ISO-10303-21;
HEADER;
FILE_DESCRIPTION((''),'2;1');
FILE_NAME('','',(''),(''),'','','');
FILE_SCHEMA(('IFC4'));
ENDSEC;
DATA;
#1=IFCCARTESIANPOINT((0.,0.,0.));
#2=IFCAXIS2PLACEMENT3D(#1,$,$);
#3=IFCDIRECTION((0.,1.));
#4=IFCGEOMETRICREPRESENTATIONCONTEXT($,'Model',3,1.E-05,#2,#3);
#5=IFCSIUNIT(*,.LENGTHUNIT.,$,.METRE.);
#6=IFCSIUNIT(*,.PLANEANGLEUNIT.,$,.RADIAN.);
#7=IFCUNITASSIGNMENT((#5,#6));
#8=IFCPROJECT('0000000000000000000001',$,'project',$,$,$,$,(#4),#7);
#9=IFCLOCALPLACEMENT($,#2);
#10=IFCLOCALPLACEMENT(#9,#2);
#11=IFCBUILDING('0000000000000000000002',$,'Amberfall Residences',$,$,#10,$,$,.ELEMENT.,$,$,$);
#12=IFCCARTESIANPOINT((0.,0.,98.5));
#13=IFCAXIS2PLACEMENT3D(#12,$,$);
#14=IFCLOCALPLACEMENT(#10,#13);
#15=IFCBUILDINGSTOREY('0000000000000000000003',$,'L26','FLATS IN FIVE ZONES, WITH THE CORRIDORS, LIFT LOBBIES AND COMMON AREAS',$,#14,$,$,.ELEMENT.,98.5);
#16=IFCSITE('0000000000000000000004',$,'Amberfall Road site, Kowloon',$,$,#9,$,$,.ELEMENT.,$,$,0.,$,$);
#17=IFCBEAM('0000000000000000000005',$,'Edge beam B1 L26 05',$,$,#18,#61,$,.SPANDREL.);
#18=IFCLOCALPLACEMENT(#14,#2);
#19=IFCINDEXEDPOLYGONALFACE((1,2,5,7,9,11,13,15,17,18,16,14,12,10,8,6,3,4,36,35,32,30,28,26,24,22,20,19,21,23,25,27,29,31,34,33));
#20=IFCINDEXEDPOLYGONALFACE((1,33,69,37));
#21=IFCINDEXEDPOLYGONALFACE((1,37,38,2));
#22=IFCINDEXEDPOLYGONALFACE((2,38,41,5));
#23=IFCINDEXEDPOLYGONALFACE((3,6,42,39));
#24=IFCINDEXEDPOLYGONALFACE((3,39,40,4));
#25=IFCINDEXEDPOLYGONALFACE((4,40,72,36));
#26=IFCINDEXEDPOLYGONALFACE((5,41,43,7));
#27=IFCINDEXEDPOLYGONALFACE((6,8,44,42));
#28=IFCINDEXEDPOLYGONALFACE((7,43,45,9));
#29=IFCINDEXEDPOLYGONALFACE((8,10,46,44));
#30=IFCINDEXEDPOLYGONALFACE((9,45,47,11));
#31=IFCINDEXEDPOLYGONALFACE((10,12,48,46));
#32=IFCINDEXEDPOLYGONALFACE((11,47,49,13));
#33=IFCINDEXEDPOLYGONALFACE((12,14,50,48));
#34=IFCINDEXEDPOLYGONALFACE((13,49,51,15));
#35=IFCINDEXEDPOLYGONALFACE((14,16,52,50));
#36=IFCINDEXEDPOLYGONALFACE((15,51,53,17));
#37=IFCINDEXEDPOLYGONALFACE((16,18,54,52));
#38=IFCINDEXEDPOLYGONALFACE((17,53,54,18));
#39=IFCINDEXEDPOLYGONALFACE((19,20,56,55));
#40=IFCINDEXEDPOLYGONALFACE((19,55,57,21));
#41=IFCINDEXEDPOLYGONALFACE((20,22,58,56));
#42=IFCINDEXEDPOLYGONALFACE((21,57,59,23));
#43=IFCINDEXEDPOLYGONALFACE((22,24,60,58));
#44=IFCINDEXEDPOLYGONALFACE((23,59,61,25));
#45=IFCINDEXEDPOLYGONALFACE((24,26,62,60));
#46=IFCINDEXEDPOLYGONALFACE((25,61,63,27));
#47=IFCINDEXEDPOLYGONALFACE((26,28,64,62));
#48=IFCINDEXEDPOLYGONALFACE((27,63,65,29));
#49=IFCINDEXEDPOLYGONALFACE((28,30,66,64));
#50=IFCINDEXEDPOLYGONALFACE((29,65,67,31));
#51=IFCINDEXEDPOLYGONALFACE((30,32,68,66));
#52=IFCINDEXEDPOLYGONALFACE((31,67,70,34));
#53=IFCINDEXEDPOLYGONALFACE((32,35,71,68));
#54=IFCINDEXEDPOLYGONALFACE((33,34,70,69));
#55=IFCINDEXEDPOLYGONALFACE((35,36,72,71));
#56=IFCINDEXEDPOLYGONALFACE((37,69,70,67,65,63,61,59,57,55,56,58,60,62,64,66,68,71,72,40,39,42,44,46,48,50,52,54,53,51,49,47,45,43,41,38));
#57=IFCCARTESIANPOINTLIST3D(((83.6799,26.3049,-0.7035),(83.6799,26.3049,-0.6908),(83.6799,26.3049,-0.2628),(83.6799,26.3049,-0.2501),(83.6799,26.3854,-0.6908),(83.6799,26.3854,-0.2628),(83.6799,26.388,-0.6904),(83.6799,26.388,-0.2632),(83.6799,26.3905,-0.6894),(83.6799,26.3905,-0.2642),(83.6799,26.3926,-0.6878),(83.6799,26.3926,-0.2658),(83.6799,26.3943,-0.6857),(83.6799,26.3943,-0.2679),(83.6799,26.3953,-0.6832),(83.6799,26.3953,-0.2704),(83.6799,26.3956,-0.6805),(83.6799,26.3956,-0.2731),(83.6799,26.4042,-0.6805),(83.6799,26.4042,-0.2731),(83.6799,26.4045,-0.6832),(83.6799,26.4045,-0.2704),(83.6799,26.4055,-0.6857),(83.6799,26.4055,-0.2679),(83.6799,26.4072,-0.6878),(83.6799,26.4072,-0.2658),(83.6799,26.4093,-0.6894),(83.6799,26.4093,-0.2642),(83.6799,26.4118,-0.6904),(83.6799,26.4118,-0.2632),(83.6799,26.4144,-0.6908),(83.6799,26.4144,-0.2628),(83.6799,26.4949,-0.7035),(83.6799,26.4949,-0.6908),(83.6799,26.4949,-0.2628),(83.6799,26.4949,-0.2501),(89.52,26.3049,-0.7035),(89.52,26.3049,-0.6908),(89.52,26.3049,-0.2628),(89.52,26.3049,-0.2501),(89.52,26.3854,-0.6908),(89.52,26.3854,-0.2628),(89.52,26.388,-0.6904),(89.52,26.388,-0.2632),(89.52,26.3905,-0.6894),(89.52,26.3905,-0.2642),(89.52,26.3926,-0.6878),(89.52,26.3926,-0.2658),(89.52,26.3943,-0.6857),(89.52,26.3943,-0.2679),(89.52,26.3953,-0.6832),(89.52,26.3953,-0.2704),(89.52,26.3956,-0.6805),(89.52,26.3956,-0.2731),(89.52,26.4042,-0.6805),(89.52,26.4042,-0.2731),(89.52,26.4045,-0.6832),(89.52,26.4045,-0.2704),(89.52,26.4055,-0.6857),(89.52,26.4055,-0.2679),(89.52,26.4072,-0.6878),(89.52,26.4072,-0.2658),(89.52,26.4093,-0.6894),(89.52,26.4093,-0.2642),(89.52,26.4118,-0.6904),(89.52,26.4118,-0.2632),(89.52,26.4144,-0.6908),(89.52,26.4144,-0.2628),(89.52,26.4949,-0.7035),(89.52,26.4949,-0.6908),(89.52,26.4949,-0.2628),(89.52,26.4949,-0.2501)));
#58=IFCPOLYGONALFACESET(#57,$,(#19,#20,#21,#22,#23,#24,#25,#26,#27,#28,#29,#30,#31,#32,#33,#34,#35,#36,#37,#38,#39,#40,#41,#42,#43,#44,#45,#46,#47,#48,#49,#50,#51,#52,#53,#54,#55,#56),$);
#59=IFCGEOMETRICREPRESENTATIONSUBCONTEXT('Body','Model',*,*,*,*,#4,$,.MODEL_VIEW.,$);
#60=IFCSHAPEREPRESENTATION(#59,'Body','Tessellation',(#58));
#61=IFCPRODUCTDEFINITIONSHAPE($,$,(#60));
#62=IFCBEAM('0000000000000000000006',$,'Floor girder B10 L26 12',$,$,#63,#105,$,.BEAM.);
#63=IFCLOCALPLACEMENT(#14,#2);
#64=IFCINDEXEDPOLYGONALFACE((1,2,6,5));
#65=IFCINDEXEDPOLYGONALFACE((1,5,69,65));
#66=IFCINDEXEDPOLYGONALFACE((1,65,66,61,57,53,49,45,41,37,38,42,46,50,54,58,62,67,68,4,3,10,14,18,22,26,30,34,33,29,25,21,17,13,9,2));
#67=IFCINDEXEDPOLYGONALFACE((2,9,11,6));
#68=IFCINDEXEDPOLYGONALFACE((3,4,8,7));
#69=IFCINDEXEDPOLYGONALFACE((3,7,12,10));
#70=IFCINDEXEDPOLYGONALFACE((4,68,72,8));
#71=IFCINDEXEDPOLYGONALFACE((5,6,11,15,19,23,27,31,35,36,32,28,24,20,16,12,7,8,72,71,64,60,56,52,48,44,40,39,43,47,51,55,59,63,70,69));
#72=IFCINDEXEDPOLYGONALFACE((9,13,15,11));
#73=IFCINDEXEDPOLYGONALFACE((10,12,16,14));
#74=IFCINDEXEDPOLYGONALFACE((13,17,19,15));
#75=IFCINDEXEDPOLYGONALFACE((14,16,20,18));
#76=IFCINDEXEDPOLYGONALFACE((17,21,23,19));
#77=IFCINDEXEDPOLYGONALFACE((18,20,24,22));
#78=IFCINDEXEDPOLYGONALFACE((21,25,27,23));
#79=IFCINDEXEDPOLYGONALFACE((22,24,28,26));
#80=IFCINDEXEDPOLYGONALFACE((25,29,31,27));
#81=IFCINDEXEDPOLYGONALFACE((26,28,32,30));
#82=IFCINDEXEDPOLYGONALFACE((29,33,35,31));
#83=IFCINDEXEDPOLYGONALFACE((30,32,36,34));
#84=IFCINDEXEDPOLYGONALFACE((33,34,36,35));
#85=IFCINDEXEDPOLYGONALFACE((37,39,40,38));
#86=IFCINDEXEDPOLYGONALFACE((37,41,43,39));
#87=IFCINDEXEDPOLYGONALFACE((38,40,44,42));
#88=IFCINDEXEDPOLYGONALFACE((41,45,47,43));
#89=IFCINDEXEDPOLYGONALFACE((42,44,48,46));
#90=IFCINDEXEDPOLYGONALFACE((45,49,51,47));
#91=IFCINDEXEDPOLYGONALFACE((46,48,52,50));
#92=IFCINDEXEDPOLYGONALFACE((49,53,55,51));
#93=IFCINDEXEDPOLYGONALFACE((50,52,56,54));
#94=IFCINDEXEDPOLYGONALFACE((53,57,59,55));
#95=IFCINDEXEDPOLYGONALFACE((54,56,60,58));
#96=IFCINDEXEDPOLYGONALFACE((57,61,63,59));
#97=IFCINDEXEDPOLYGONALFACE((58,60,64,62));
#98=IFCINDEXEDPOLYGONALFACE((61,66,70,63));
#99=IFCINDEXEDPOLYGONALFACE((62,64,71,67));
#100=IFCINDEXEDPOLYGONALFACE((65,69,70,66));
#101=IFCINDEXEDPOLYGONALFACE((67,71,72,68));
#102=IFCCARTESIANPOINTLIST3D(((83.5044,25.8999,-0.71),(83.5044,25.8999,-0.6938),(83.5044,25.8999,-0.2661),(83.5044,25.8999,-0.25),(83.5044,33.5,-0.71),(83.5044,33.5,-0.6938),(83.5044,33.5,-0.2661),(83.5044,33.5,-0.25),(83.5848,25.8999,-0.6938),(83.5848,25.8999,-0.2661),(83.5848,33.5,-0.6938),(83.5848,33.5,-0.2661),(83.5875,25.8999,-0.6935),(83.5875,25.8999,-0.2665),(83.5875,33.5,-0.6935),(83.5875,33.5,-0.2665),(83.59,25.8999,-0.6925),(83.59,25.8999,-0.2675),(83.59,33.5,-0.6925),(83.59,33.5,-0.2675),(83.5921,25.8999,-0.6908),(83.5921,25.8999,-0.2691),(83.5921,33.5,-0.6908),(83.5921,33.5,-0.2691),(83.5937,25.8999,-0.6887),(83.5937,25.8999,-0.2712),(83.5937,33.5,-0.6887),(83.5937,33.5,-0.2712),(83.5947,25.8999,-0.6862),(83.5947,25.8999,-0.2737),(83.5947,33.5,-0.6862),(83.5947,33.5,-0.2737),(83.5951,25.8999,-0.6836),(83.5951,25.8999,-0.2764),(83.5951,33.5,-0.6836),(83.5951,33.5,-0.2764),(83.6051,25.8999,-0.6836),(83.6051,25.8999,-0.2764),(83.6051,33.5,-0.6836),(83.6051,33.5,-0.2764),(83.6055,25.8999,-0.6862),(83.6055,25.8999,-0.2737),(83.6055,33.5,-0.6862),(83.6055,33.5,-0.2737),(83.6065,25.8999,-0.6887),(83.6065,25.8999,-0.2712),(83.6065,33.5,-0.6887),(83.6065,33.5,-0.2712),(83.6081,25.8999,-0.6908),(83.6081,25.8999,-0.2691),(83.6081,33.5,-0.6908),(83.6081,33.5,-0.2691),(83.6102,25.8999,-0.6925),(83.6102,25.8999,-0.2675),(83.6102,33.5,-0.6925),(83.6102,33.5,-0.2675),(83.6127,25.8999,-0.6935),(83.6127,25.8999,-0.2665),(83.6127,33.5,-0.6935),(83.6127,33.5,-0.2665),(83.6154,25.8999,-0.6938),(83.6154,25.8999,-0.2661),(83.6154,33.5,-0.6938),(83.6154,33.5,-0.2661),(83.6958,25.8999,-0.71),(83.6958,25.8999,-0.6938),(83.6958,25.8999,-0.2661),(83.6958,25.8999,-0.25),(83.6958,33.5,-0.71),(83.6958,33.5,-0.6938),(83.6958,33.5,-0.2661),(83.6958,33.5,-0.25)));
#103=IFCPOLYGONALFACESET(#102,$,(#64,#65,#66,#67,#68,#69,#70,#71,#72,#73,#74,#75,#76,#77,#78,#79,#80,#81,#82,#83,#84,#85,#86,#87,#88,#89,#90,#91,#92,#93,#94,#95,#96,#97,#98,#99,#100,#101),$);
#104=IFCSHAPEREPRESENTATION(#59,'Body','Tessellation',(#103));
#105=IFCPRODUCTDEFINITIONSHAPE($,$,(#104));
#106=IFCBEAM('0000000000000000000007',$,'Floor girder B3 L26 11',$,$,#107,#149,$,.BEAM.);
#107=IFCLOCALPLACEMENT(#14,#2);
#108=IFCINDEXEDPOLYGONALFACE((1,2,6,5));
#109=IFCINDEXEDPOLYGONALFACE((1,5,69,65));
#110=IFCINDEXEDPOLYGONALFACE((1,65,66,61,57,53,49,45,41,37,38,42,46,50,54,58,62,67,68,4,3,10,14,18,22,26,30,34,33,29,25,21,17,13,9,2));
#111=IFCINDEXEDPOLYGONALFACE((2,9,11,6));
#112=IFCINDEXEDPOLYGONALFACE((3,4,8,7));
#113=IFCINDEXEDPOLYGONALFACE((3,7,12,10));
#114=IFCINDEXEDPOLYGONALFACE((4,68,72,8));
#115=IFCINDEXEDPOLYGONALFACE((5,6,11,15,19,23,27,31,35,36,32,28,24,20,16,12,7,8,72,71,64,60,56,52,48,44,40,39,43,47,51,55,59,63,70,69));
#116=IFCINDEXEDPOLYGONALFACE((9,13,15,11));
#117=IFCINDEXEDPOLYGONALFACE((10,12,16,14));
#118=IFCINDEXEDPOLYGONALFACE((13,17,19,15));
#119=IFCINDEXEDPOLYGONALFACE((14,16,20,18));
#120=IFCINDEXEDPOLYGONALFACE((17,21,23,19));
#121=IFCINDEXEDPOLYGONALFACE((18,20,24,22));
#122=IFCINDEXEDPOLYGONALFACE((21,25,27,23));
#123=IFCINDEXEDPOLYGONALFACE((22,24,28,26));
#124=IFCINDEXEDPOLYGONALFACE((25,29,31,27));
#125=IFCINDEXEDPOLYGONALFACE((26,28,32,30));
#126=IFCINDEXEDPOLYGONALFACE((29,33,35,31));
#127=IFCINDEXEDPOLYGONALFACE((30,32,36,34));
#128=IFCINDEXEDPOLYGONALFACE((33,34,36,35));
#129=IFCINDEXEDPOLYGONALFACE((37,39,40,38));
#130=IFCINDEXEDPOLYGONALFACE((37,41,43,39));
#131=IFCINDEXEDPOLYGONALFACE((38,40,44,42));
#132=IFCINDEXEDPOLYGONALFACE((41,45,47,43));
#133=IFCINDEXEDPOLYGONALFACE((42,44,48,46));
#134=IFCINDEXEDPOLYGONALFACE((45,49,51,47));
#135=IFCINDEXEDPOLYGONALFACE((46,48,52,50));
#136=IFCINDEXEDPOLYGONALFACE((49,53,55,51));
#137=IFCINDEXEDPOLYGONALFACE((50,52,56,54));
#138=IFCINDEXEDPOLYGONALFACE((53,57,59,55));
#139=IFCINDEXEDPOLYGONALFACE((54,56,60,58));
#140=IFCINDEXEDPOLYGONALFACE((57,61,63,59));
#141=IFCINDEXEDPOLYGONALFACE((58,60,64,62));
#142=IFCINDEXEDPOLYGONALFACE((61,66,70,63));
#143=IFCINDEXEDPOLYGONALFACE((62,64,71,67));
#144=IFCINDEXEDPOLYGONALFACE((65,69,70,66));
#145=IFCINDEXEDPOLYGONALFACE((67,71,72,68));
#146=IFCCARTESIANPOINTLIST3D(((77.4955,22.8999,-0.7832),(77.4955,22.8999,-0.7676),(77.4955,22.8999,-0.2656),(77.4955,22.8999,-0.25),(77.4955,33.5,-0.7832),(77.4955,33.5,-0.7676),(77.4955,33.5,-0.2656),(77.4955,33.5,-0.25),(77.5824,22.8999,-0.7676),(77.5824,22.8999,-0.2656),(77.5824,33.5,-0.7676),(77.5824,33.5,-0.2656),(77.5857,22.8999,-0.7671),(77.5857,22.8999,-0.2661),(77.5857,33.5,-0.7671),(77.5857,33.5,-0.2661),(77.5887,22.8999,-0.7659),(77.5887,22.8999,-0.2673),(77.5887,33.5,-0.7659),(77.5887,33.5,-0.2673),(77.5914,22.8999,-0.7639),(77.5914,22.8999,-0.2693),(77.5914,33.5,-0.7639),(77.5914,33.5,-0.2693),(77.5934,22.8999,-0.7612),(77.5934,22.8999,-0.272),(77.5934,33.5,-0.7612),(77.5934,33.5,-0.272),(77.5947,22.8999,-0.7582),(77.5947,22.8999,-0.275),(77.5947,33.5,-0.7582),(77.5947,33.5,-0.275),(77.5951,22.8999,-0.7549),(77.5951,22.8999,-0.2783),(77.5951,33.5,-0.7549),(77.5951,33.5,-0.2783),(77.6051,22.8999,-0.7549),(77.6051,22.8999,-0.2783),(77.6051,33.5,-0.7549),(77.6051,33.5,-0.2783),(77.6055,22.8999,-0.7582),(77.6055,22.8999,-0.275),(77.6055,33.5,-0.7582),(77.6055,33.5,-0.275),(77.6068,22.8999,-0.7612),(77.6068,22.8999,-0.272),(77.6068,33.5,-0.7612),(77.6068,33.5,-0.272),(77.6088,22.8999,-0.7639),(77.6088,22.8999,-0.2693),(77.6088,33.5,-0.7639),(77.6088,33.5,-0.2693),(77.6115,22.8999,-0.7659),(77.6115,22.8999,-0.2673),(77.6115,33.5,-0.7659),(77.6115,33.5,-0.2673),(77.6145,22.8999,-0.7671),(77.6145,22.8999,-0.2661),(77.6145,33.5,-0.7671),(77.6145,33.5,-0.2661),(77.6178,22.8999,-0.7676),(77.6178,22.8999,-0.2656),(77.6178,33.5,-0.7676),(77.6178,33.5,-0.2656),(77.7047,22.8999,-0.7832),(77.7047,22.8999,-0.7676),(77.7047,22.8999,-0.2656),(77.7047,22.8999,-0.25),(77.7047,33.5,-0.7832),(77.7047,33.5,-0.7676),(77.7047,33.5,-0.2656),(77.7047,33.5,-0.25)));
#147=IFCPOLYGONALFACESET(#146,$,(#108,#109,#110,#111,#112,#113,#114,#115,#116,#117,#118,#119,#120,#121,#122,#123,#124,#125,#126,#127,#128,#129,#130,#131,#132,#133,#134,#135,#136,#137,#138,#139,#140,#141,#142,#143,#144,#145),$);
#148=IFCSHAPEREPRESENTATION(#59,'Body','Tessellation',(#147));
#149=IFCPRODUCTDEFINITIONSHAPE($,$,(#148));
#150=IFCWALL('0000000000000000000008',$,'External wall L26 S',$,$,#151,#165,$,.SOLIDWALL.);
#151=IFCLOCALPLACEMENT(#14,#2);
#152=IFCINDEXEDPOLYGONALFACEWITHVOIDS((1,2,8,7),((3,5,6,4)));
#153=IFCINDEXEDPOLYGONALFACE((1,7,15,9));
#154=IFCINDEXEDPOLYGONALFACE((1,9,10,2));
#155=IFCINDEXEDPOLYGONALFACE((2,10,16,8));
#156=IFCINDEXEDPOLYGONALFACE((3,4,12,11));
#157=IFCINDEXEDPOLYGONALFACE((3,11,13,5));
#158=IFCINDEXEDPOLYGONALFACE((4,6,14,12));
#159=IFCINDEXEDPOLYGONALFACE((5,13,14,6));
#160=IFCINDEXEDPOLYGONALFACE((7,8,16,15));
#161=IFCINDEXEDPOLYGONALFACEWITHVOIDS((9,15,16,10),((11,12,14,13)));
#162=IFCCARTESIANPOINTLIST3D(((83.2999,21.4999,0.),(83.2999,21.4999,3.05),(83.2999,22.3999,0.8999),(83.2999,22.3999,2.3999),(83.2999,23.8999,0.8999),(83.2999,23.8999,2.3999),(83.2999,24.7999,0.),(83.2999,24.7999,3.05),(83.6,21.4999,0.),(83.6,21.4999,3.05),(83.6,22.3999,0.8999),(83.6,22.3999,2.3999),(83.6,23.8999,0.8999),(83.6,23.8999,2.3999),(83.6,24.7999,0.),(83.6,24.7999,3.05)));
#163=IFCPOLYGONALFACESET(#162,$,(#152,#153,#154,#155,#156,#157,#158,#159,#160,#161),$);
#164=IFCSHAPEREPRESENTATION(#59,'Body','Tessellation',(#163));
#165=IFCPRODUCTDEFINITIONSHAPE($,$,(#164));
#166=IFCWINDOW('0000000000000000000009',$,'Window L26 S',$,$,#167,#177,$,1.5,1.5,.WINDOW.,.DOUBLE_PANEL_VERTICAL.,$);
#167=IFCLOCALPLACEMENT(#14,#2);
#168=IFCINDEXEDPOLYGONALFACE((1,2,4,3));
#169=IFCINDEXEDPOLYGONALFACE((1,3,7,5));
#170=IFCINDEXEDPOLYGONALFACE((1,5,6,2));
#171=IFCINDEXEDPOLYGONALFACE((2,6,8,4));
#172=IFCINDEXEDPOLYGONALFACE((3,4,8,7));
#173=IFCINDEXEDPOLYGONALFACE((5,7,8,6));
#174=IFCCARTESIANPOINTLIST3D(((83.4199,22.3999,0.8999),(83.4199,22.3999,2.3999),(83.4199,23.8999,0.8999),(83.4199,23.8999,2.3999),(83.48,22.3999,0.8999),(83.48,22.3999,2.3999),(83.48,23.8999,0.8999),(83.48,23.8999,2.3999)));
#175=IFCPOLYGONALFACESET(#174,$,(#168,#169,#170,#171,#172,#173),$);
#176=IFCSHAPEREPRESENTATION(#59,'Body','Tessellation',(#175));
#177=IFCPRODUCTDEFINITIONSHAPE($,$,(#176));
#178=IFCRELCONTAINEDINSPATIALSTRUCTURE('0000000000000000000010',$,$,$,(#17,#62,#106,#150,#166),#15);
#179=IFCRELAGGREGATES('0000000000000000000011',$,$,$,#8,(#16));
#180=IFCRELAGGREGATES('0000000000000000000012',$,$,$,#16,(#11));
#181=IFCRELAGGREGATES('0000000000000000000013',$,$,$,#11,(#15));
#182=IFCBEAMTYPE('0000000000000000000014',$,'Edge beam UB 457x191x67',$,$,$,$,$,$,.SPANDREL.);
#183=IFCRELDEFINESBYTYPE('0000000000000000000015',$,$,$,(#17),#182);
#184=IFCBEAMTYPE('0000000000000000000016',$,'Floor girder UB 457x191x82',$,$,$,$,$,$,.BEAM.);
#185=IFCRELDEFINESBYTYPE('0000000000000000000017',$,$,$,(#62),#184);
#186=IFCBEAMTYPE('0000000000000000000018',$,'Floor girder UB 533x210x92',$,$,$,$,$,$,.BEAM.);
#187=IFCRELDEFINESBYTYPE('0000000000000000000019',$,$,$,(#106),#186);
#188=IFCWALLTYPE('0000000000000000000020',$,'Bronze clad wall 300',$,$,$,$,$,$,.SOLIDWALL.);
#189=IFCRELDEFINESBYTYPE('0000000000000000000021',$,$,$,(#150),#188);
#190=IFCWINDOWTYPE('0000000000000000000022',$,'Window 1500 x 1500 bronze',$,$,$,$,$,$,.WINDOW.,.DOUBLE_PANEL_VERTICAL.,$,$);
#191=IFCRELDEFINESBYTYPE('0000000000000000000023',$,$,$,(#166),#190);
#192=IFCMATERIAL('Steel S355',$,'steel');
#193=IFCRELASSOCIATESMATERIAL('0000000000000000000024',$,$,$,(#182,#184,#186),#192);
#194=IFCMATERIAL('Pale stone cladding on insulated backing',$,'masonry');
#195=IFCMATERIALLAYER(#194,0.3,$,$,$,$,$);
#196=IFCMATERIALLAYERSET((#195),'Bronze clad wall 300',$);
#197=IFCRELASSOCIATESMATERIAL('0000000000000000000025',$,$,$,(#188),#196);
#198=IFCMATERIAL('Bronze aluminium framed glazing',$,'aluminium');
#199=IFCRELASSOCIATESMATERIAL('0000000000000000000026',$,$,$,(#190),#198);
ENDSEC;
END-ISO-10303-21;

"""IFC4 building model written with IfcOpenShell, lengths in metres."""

from ifc_helpers import new_model, si_unit, direction, frame, frame_2d, origin, origin_2d, place, context, subcontext, project, spatial, rectangle, i_section, extrude, material, layer, layer_set, material_profile, profile_set, type_object, element, fill, save


model = new_model("IFC4")

# Units and contexts
model_context = context("Model", 3, precision=1e-05, world=origin(), true_north=direction((0.0, 1.0)))
body_context = subcontext(model_context, "Body", "Model", "MODEL_VIEW")
ifc_project = project(units=[si_unit("LENGTHUNIT", "METRE"), si_unit("PLANEANGLEUNIT", "RADIAN")], contexts=[model_context])

# Site, building, storey
site_placement = place(None, origin())
site = spatial("IfcSite", under=ifc_project, at=site_placement, Name="Amberfall Road site, Kowloon", CompositionType="ELEMENT", RefElevation=0.0)
building_placement = place(site_placement, origin())
building = spatial("IfcBuilding", under=site, at=building_placement, Name="Amberfall Residences", CompositionType="ELEMENT")
storey_placement = place(building_placement, frame((0.0, 0.0, 98.5)))
storey = spatial("IfcBuildingStorey", under=building, at=storey_placement, Name="L26", Description="FLATS IN FIVE ZONES, WITH THE CORRIDORS, LIFT LOBBIES AND COMMON AREAS", CompositionType="ELEMENT", Elevation=98.5)

# Beams
ifc_material_1 = material(Name="Steel S355", Category="steel")
ifc_material_profile_1 = material_profile(ifc_material_1, i_section(OverallWidth=0.1899, OverallDepth=0.4534, WebThickness=0.0085, FlangeThickness=0.0127, FilletRadius=0.0103, at=origin_2d()), Name="UB 457x191x67")
ifc_profile_set_1 = profile_set([ifc_material_profile_1], Name="Steel S355")
beam_type_1 = type_object("IfcBeamType", Name="Edge beam UB 457x191x67", PredefinedType="SPANDREL", material=ifc_profile_set_1)
beam_1_placement = place(storey_placement, frame((83.6799, 26.3999, -0.4768), z_axis=(1.0, 0.0, 0.0), x_axis=(0.0, 1.0, 0.0)))
element("IfcBeam", 1, at=beam_1_placement, inside=storey, type_object=beam_type_1, Name="Edge beam B1 L26 05", PredefinedType="SPANDREL", context=body_context, shape_type="SweptSolid", body=[
    extrude(i_section(OverallWidth=0.1899, OverallDepth=0.4534, WebThickness=0.0085, FlangeThickness=0.0127, FilletRadius=0.0103, at=origin_2d()), origin(), (0.0, 0.0, 1.0), 5.8401),
])
ifc_material_profile_2 = material_profile(ifc_material_1, i_section(OverallWidth=0.1914, OverallDepth=0.46, WebThickness=0.01, FlangeThickness=0.0161, FilletRadius=0.0103, at=origin_2d()), Name="UB 457x191x82")
ifc_profile_set_2 = profile_set([ifc_material_profile_2], Name="Steel S355")
beam_type_2 = type_object("IfcBeamType", Name="Floor girder UB 457x191x82", PredefinedType="BEAM", material=ifc_profile_set_2)
beam_2_placement = place(storey_placement, frame((83.6001, 25.8999, -0.48), z_axis=(0.0, 1.0, 0.0), x_axis=(-1.0, 0.0, 0.0)))
element("IfcBeam", 2, at=beam_2_placement, inside=storey, type_object=beam_type_2, Name="Floor girder B10 L26 12", PredefinedType="BEAM", context=body_context, shape_type="SweptSolid", body=[
    extrude(i_section(OverallWidth=0.1914, OverallDepth=0.46, WebThickness=0.01, FlangeThickness=0.0161, FilletRadius=0.0103, at=origin_2d()), origin(), (0.0, 0.0, 1.0), 7.6001),
])
ifc_material_profile_3 = material_profile(ifc_material_1, i_section(OverallWidth=0.2092, OverallDepth=0.5332, WebThickness=0.01, FlangeThickness=0.0156, FilletRadius=0.0127, at=origin_2d()), Name="UB 533x210x92")
ifc_profile_set_3 = profile_set([ifc_material_profile_3], Name="Steel S355")
beam_type_3 = type_object("IfcBeamType", Name="Floor girder UB 533x210x92", PredefinedType="BEAM", material=ifc_profile_set_3)
beam_3_placement = place(storey_placement, frame((77.6001, 22.8999, -0.5166), z_axis=(0.0, 1.0, 0.0), x_axis=(-1.0, 0.0, 0.0)))
element("IfcBeam", 3, at=beam_3_placement, inside=storey, type_object=beam_type_3, Name="Floor girder B3 L26 11", PredefinedType="BEAM", context=body_context, shape_type="SweptSolid", body=[
    extrude(i_section(OverallWidth=0.2092, OverallDepth=0.5332, WebThickness=0.01, FlangeThickness=0.0156, FilletRadius=0.0127, at=origin_2d()), origin(), (0.0, 0.0, 1.0), 10.6001),
])

# Wall, opening, window
ifc_material_2 = material(Name="Pale stone cladding on insulated backing", Category="masonry")
ifc_layer_1 = layer(ifc_material_2, 0.3)
ifc_layer_set_1 = layer_set([ifc_layer_1], Name="Bronze clad wall 300")
wall_type_1 = type_object("IfcWallType", Name="Bronze clad wall 300", PredefinedType="SOLIDWALL", material=ifc_layer_set_1)
wall_1_placement = place(storey_placement, frame((83.45, 21.5, 0.0), z_axis=(0.0, 0.0, 1.0), x_axis=(0.0, 1.0, 0.0)))
wall_1 = element("IfcWall", 4, at=wall_1_placement, inside=storey, type_object=wall_type_1, Name="External wall L26 S", PredefinedType="SOLIDWALL", context=body_context, shape_type="SweptSolid", body=[
    extrude(rectangle(XDim=3.3, YDim=0.3, at=frame_2d((1.6499, 0.0))), origin(), (0.0, 0.0, 1.0), 3.05),
])
opening_1_placement = place(wall_1_placement, frame((0.8999, 0.0, 0.8999)))
opening_1 = element("IfcOpeningElement", 5, at=opening_1_placement, cuts=wall_1, PredefinedType="OPENING", context=body_context, shape_type="SweptSolid", body=[
    extrude(rectangle(XDim=1.5, YDim=1.5, at=frame_2d((0.75, 0.75))), frame((0.0, 0.1599, 0.0), z_axis=(0.0, -1.0, 0.0), x_axis=(1.0, 0.0, 0.0)), (0.0, 0.0, 1.0), 0.3201),
])
ifc_material_3 = material(Name="Bronze aluminium framed glazing", Category="aluminium")
window_type_1 = type_object("IfcWindowType", Name="Window 1500 x 1500 bronze", PartitioningType="DOUBLE_PANEL_VERTICAL", PredefinedType="WINDOW", material=ifc_material_3)
window_1_placement = place(opening_1_placement, origin())
window_1 = element("IfcWindow", 6, at=window_1_placement, inside=storey, type_object=window_type_1, Name="Window L26 S", OverallHeight=1.5, OverallWidth=1.5, PartitioningType="DOUBLE_PANEL_VERTICAL", PredefinedType="WINDOW", context=body_context, shape_type="SweptSolid", body=[
    extrude(rectangle(XDim=1.5, YDim=1.5, at=frame_2d((0.75, 0.75))), frame((0.0, 0.03, 0.0), z_axis=(0.0, -1.0, 0.0), x_axis=(1.0, 0.0, 0.0)), (0.0, 0.0, 1.0), 0.0601),
])
fill(opening_1, window_1)

save(model, "model.ifc")
